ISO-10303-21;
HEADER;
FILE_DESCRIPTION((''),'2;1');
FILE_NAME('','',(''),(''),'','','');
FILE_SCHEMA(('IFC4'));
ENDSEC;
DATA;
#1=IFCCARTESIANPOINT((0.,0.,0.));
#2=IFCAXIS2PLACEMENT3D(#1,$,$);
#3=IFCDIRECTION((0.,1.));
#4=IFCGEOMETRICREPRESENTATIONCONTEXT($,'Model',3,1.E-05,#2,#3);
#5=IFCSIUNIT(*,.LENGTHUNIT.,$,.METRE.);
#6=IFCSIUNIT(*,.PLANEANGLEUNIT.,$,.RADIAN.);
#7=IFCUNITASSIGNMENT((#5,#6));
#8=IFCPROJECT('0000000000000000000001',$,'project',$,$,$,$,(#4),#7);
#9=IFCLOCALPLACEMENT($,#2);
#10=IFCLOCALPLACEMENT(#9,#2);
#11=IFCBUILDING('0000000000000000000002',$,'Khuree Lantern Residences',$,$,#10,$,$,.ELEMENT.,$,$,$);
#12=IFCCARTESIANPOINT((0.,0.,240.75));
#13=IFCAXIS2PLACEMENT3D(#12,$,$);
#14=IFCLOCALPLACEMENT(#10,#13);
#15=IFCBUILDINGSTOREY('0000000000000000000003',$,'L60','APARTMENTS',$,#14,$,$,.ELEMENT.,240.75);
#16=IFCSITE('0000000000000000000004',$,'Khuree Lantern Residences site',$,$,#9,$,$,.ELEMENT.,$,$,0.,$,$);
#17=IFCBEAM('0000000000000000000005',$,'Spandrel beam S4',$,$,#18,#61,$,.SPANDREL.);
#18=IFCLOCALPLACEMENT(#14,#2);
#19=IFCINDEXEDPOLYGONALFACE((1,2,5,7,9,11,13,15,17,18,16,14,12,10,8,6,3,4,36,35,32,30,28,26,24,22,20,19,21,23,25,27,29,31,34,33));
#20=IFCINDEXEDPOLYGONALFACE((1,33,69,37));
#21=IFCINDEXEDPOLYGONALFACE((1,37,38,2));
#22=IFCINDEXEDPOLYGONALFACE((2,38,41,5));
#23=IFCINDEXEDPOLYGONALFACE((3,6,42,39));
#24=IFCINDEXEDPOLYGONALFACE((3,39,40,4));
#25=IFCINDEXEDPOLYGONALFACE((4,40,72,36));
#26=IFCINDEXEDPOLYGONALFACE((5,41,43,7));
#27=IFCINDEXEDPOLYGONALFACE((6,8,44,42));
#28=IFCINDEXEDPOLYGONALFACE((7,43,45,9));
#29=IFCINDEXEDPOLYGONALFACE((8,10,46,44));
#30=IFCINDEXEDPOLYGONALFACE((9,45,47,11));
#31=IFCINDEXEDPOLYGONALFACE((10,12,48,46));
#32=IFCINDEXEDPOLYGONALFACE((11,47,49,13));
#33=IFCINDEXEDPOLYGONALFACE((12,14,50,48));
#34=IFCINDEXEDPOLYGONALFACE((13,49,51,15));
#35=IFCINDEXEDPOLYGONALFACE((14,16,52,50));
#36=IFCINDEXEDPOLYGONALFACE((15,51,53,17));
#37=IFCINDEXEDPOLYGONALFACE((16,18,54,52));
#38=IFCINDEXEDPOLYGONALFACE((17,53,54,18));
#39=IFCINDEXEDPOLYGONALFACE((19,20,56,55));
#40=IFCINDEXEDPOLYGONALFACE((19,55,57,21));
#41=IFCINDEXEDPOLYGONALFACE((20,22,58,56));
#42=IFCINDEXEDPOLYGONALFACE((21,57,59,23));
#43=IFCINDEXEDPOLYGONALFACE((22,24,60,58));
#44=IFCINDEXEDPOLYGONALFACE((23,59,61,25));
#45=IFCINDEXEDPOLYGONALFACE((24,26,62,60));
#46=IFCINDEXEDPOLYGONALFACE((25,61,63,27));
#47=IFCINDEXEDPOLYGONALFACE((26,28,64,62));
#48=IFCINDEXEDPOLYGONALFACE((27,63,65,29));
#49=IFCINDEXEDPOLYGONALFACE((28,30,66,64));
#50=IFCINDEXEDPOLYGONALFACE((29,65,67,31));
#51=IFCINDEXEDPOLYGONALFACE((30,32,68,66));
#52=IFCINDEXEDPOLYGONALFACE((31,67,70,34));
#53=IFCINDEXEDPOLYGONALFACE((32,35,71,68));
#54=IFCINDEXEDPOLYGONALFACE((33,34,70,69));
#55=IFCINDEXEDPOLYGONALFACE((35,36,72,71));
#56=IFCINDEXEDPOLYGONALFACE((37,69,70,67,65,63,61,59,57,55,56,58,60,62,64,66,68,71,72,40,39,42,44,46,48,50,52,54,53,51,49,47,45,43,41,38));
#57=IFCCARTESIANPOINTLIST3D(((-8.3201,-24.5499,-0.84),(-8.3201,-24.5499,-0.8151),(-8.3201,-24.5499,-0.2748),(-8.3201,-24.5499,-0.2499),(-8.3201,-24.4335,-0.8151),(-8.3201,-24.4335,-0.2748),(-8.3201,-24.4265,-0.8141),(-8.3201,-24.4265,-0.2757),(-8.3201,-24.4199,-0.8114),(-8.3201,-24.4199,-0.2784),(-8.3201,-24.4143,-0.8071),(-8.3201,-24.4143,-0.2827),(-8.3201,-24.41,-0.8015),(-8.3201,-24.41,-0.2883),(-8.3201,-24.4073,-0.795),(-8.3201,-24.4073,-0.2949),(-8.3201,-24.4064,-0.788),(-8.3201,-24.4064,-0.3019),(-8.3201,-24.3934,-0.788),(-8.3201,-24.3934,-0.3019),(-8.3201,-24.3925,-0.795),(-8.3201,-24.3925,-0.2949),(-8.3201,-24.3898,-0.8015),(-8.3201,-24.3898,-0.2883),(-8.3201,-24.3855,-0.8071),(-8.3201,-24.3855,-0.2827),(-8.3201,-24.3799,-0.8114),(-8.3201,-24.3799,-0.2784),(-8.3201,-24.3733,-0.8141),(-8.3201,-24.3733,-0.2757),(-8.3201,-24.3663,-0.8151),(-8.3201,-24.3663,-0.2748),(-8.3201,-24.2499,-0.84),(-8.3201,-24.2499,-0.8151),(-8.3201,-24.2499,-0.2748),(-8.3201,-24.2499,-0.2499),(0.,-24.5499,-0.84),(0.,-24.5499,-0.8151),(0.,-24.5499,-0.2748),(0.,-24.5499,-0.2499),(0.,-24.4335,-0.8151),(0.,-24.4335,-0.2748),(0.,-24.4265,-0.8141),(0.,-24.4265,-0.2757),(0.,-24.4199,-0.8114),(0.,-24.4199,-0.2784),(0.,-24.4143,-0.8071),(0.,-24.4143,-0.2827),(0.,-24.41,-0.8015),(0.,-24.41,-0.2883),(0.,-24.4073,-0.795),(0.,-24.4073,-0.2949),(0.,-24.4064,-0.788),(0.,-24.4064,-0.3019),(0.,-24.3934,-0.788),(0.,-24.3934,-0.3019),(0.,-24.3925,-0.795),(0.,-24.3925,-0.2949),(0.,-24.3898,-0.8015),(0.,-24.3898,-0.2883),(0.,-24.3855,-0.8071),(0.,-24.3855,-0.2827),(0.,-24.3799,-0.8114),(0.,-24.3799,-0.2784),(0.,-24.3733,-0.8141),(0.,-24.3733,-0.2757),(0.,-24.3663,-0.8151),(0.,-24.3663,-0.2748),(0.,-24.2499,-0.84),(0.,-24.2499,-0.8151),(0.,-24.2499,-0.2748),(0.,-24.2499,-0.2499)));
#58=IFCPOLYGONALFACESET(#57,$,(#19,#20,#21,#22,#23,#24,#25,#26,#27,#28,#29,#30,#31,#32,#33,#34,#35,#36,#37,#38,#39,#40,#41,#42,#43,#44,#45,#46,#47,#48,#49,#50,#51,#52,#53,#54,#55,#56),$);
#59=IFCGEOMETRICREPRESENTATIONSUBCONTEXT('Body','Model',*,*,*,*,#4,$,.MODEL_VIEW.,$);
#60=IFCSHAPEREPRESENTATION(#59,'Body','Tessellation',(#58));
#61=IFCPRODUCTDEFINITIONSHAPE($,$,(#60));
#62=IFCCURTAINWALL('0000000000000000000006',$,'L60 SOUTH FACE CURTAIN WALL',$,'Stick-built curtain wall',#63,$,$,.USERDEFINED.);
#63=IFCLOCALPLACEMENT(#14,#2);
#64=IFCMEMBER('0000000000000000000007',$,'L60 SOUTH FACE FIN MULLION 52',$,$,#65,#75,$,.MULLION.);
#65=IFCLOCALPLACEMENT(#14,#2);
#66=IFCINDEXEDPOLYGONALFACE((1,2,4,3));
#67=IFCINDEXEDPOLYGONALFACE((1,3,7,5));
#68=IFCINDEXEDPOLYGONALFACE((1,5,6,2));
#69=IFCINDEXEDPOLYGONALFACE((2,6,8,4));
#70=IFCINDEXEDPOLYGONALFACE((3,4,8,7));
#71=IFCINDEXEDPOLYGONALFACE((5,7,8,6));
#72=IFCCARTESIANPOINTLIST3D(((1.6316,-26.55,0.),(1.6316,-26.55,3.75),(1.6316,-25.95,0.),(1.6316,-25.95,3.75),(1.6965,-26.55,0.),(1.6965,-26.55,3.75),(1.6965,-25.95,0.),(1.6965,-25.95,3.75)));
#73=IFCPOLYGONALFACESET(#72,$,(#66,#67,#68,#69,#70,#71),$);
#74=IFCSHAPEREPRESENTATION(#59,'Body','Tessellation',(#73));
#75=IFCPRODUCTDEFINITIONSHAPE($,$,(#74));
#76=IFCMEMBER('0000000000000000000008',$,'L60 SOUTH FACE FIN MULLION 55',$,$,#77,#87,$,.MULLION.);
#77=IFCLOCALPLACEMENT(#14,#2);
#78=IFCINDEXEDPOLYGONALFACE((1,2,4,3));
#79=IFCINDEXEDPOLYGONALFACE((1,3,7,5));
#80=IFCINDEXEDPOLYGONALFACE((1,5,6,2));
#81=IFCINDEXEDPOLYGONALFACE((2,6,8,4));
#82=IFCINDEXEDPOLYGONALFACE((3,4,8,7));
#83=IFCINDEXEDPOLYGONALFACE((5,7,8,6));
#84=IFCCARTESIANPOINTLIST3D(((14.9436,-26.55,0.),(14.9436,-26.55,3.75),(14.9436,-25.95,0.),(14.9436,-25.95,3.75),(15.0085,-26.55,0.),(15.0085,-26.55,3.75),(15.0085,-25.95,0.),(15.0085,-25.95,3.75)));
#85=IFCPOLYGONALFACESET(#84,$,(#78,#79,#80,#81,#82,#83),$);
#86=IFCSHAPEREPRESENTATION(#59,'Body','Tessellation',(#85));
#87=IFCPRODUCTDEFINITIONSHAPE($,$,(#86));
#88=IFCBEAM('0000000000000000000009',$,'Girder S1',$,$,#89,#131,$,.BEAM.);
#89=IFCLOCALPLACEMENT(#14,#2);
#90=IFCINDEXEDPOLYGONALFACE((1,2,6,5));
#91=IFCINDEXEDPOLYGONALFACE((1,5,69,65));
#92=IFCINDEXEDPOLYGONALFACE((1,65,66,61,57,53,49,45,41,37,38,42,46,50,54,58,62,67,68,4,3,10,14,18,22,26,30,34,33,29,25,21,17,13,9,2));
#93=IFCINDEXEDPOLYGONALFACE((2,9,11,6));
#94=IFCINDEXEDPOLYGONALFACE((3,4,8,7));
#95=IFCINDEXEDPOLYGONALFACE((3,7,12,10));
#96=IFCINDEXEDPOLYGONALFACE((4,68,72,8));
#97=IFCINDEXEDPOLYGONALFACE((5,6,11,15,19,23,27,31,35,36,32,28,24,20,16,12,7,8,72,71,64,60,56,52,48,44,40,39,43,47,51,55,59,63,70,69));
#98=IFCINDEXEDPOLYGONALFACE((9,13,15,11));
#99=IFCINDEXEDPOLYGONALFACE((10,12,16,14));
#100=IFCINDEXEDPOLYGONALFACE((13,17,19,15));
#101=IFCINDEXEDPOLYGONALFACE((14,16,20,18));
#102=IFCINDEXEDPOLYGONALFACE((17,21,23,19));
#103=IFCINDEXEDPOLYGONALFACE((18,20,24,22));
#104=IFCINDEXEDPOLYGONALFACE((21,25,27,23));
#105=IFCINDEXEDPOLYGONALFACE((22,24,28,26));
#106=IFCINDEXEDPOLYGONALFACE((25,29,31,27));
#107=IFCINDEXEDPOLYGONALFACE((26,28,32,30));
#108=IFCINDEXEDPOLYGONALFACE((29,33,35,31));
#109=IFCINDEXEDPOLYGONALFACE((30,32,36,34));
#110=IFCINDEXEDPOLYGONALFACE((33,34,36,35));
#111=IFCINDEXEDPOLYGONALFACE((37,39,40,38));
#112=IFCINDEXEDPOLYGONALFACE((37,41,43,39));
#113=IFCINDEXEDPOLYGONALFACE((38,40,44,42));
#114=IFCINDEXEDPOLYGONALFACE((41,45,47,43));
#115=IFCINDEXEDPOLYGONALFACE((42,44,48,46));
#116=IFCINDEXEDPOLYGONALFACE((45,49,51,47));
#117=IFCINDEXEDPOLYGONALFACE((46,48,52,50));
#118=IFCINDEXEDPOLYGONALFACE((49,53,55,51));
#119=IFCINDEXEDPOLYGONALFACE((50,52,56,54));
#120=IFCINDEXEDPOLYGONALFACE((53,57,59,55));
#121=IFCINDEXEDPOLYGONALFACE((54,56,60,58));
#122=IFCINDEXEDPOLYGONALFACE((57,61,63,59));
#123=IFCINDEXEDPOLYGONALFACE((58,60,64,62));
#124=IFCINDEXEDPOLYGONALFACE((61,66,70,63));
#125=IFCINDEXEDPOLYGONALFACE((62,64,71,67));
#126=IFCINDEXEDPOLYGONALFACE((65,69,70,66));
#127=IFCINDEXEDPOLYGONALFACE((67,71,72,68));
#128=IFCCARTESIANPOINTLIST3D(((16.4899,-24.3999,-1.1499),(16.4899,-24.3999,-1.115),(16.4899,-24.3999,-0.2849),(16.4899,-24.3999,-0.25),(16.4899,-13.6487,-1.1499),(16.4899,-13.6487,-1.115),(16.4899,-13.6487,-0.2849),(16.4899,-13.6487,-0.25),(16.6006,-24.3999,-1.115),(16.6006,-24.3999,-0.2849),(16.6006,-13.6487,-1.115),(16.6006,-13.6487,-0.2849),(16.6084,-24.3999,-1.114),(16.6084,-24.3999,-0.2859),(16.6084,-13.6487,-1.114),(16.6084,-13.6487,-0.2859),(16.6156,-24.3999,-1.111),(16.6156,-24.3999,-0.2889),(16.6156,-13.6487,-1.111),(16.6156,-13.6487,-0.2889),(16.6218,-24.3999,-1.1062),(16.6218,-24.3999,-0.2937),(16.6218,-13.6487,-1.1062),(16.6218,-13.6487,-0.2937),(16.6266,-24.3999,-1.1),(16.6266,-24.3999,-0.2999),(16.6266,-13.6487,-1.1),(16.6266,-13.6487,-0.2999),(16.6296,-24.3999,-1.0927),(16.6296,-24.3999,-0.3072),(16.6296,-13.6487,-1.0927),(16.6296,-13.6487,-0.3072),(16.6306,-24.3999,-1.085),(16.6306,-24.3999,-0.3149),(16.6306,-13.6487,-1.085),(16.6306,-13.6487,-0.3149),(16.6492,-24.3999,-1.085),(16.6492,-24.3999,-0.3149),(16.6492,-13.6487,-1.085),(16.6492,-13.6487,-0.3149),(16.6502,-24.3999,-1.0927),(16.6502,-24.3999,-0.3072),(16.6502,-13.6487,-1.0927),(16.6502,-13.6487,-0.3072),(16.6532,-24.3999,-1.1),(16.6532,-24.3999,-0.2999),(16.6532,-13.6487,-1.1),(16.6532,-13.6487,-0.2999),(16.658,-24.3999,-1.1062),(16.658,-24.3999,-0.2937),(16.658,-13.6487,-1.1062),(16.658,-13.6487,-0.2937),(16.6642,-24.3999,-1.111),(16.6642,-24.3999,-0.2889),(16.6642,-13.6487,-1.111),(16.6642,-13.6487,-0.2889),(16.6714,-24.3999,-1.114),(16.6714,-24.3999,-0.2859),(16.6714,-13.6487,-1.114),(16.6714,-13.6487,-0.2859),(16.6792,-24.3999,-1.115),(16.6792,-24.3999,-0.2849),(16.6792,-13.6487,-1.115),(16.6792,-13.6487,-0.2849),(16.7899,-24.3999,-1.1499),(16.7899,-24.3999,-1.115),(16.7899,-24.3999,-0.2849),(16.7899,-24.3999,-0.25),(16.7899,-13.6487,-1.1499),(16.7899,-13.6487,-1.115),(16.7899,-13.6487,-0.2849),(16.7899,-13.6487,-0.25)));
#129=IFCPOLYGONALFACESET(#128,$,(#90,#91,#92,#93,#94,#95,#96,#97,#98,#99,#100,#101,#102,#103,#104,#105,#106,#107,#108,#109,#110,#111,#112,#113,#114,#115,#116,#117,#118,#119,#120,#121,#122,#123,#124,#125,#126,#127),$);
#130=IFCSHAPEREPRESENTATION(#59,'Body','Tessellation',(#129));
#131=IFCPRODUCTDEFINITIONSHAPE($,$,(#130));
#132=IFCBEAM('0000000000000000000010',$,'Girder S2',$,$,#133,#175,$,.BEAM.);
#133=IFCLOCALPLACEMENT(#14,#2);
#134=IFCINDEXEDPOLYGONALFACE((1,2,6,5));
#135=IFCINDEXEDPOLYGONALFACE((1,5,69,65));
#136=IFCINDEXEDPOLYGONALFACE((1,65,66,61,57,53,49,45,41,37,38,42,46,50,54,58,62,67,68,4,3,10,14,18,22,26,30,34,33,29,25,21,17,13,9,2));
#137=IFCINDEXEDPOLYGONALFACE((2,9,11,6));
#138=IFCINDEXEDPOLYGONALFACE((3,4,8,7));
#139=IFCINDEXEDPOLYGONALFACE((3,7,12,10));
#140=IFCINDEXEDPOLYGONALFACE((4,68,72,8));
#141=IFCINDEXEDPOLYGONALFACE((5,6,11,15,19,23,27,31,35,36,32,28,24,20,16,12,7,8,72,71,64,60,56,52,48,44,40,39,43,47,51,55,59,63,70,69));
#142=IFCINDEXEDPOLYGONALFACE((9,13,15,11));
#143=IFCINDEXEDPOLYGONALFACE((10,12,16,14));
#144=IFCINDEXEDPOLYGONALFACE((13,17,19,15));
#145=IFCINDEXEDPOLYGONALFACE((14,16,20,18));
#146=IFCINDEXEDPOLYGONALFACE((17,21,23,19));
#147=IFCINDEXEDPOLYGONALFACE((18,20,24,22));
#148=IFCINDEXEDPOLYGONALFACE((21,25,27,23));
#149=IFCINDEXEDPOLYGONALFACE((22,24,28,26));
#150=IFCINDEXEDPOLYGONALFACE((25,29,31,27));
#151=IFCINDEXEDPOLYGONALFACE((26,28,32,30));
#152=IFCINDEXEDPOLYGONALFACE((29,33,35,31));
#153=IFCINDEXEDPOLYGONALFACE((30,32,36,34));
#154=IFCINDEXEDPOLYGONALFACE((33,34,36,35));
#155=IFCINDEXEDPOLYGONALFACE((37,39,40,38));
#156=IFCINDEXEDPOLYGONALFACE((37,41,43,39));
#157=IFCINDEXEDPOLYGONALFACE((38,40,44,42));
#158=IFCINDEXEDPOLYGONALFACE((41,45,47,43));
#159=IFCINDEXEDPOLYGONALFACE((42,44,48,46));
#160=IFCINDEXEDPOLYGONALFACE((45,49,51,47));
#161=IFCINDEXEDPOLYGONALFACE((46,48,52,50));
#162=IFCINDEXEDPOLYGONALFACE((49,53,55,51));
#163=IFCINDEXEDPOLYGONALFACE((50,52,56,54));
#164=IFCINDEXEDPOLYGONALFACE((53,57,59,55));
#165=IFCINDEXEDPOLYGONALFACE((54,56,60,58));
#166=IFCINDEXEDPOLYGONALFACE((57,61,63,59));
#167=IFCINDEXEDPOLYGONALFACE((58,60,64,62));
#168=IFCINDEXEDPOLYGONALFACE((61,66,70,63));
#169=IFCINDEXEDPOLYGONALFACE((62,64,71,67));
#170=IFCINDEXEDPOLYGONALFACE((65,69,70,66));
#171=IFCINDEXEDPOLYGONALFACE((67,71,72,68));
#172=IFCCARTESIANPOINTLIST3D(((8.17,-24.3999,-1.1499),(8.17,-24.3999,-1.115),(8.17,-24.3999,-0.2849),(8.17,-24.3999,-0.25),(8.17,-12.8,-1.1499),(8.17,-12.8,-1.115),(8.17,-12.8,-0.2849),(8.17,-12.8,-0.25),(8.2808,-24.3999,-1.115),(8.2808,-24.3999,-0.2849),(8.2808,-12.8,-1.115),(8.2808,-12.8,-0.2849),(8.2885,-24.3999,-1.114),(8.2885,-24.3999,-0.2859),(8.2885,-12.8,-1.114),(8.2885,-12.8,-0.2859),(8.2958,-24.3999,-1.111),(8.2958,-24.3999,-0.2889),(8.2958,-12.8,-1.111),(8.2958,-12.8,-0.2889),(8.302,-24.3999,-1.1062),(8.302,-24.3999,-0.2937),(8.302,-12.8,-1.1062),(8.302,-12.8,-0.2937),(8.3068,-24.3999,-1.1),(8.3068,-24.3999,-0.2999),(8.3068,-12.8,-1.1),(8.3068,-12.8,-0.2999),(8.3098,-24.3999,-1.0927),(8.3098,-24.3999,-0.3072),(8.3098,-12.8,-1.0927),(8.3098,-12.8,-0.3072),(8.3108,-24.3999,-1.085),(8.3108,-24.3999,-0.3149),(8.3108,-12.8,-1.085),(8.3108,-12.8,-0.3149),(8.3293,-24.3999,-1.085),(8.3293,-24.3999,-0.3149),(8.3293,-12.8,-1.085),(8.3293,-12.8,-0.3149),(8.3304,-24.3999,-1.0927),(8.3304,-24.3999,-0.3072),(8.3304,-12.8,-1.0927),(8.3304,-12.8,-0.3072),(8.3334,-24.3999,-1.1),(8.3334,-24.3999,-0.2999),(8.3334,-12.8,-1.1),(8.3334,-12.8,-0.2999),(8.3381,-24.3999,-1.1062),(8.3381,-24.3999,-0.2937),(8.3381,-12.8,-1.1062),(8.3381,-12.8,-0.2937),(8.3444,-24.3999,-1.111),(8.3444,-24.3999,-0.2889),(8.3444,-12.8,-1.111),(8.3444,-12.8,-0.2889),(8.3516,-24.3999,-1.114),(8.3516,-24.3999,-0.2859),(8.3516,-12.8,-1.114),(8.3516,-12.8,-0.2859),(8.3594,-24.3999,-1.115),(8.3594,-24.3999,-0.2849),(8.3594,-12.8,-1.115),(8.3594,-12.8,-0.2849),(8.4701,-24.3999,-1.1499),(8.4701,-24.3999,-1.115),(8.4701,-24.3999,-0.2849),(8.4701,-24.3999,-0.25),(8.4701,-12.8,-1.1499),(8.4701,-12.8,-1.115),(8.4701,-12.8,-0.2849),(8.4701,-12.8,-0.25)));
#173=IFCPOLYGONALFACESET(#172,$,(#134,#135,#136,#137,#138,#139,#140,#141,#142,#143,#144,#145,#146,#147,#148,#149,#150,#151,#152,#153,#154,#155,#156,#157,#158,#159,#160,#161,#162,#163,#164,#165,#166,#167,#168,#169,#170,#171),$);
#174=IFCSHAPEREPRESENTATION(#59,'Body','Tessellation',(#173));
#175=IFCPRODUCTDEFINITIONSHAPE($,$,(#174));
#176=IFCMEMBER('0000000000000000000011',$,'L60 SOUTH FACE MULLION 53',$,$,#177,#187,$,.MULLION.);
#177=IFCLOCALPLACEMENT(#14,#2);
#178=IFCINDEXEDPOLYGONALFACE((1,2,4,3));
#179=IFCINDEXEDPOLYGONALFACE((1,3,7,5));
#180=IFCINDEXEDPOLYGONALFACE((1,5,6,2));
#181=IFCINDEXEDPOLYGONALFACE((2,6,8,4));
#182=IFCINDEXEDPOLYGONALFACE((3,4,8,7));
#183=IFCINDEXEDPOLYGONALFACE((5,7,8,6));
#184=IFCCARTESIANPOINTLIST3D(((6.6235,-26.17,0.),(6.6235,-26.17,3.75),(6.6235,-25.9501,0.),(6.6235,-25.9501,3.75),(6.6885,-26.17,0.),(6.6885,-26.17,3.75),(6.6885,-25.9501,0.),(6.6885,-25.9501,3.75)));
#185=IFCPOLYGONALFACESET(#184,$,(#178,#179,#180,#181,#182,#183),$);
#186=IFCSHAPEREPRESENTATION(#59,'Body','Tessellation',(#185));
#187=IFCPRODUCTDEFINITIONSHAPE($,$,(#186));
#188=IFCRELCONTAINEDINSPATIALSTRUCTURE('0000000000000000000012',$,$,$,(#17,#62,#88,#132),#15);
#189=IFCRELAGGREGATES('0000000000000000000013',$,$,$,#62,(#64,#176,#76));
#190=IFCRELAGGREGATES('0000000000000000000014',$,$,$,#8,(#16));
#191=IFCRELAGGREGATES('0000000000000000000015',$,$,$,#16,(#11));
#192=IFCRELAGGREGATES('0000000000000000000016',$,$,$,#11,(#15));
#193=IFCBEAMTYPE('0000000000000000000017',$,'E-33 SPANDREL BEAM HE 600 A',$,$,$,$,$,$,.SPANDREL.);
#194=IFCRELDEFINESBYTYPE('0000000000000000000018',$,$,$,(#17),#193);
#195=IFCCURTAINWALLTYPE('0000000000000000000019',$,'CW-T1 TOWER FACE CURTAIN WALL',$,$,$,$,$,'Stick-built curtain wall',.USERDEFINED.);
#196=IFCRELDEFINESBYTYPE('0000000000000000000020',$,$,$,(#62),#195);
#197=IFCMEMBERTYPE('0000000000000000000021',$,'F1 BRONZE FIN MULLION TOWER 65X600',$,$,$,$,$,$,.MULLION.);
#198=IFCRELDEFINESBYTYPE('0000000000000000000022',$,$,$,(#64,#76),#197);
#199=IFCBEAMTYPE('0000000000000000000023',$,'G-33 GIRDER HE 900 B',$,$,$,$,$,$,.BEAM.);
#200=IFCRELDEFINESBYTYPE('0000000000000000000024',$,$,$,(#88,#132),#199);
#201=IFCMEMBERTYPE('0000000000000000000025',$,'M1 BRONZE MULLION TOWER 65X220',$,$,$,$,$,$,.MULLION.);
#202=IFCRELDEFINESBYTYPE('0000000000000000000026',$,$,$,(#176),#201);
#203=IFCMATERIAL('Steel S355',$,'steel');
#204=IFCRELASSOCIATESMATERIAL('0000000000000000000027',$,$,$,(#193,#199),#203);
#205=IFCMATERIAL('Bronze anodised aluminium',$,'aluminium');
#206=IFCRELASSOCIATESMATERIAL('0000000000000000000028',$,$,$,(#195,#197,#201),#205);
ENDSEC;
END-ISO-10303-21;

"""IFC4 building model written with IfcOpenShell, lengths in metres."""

from ifc_helpers import new_model, si_unit, direction, frame, origin, origin_2d, place, context, subcontext, project, spatial, rectangle, i_section, extrude, material, material_profile, profile_set, type_object, element, aggregate, save


model = new_model("IFC4")

# Units and contexts
model_context = context("Model", 3, precision=1e-05, world=origin(), true_north=direction((0.0, 1.0)))
body_context = subcontext(model_context, "Body", "Model", "MODEL_VIEW")
ifc_project = project(units=[si_unit("LENGTHUNIT", "METRE"), si_unit("PLANEANGLEUNIT", "RADIAN")], contexts=[model_context])

# Site, building, storey
site_placement = place(None, origin())
site = spatial("IfcSite", under=ifc_project, at=site_placement, Name="Khuree Lantern Residences site", CompositionType="ELEMENT", RefElevation=0.0)
building_placement = place(site_placement, origin())
building = spatial("IfcBuilding", under=site, at=building_placement, Name="Khuree Lantern Residences", CompositionType="ELEMENT")
storey_placement = place(building_placement, frame((0.0, 0.0, 240.75)))
storey = spatial("IfcBuildingStorey", under=building, at=storey_placement, Name="L60", Description="APARTMENTS", CompositionType="ELEMENT", Elevation=240.75)

# Beam
ifc_material_1 = material(Name="Steel S355", Category="steel")
ifc_material_profile_1 = material_profile(ifc_material_1, i_section(OverallWidth=0.3, OverallDepth=0.5901, WebThickness=0.0129, FlangeThickness=0.0249, FilletRadius=0.0271, at=origin_2d()), Name="HE 600 A")
ifc_profile_set_1 = profile_set([ifc_material_profile_1], Name="Steel S355")
beam_type_1 = type_object("IfcBeamType", Name="E-33 SPANDREL BEAM HE 600 A", PredefinedType="SPANDREL", material=ifc_profile_set_1)
for number, where, z_axis, x_axis, name in (
    (1, (0.0, -24.3999, -0.5449), (-1.0, 0.0, 0.0), (0.0, -1.0, 0.0), "Spandrel beam S4"),
):
    element("IfcBeam", number, at=place(storey_placement, frame(where, z_axis=z_axis, x_axis=x_axis)), inside=storey, type_object=beam_type_1, Name=name, PredefinedType="SPANDREL", context=body_context, shape_type="SweptSolid", body=[
        extrude(i_section(OverallWidth=0.3, OverallDepth=0.5901, WebThickness=0.0129, FlangeThickness=0.0249, FilletRadius=0.0271, at=origin_2d()), origin(), (0.0, 0.0, 1.0), 8.3201),
    ])

# Curtain wall, members
ifc_material_2 = material(Name="Bronze anodised aluminium", Category="aluminium")
curtain_wall_type = type_object("IfcCurtainWallType", Name="CW-T1 TOWER FACE CURTAIN WALL", ElementType="Stick-built curtain wall", PredefinedType="USERDEFINED", material=ifc_material_2)
curtain_wall_placement = place(storey_placement, origin())
curtain_wall = element("IfcCurtainWall", 2, at=curtain_wall_placement, inside=storey, type_object=curtain_wall_type, Name="L60 SOUTH FACE CURTAIN WALL", ObjectType="Stick-built curtain wall", PredefinedType="USERDEFINED")
ifc_material_profile_2 = material_profile(ifc_material_2, rectangle(XDim=0.0649, YDim=0.6001, at=origin_2d()), Name="F1 65X600")
ifc_profile_set_2 = profile_set([ifc_material_profile_2], Name="Bronze anodised aluminium")
member_type_1 = type_object("IfcMemberType", Name="F1 BRONZE FIN MULLION TOWER 65X600", PredefinedType="MULLION", material=ifc_profile_set_2)
member_1_placement = place(storey_placement, frame((1.6641, -26.25, 0.0), z_axis=(0.0, 0.0, 1.0), x_axis=(1.0, 0.0, 0.0)))
member_1 = element("IfcMember", 3, at=member_1_placement, type_object=member_type_1, Name="L60 SOUTH FACE FIN MULLION 52", PredefinedType="MULLION", context=body_context, shape_type="SweptSolid", body=[
    extrude(rectangle(XDim=0.0649, YDim=0.6001, at=origin_2d()), origin(), (0.0, 0.0, 1.0), 3.75),
])
member_2_placement = place(storey_placement, frame((14.9761, -26.25, 0.0), z_axis=(0.0, 0.0, 1.0), x_axis=(1.0, 0.0, 0.0)))
member_2 = element("IfcMember", 4, at=member_2_placement, type_object=member_type_1, Name="L60 SOUTH FACE FIN MULLION 55", PredefinedType="MULLION", context=body_context, shape_type="SweptSolid", body=[
    extrude(rectangle(XDim=0.0649, YDim=0.6001, at=origin_2d()), origin(), (0.0, 0.0, 1.0), 3.75),
])

# Beams
ifc_material_profile_3 = material_profile(ifc_material_1, i_section(OverallWidth=0.3, OverallDepth=0.8999, WebThickness=0.0186, FlangeThickness=0.0349, FilletRadius=0.03, at=origin_2d()), Name="HE 900 B")
ifc_profile_set_3 = profile_set([ifc_material_profile_3], Name="Steel S355")
beam_type_2 = type_object("IfcBeamType", Name="G-33 GIRDER HE 900 B", PredefinedType="BEAM", material=ifc_profile_set_3)
beam_1_placement = place(storey_placement, frame((16.6399, -24.3999, -0.7), z_axis=(0.0, 1.0, 0.0), x_axis=(-1.0, 0.0, 0.0)))
element("IfcBeam", 5, at=beam_1_placement, inside=storey, type_object=beam_type_2, Name="Girder S1", PredefinedType="BEAM", context=body_context, shape_type="SweptSolid", body=[
    extrude(i_section(OverallWidth=0.3, OverallDepth=0.8999, WebThickness=0.0186, FlangeThickness=0.0349, FilletRadius=0.03, at=origin_2d()), origin(), (0.0, 0.0, 1.0), 10.7512),
])
beam_2_placement = place(storey_placement, frame((8.3201, -24.3999, -0.7), z_axis=(0.0, 1.0, 0.0), x_axis=(-1.0, 0.0, 0.0)))
element("IfcBeam", 6, at=beam_2_placement, inside=storey, type_object=beam_type_2, Name="Girder S2", PredefinedType="BEAM", context=body_context, shape_type="SweptSolid", body=[
    extrude(i_section(OverallWidth=0.3, OverallDepth=0.8999, WebThickness=0.0186, FlangeThickness=0.0349, FilletRadius=0.03, at=origin_2d()), origin(), (0.0, 0.0, 1.0), 11.5999),
])

# Member
ifc_material_profile_4 = material_profile(ifc_material_2, rectangle(XDim=0.0649, YDim=0.22, at=origin_2d()), Name="M1 65X220")
ifc_profile_set_4 = profile_set([ifc_material_profile_4], Name="Bronze anodised aluminium")
member_type_2 = type_object("IfcMemberType", Name="M1 BRONZE MULLION TOWER 65X220", PredefinedType="MULLION", material=ifc_profile_set_4)
member_3_placement = place(storey_placement, frame((6.656, -26.0601, 0.0), z_axis=(0.0, 0.0, 1.0), x_axis=(1.0, 0.0, 0.0)))
member_3 = element("IfcMember", 7, at=member_3_placement, type_object=member_type_2, Name="L60 SOUTH FACE MULLION 53", PredefinedType="MULLION", context=body_context, shape_type="SweptSolid", body=[
    extrude(rectangle(XDim=0.0649, YDim=0.22, at=origin_2d()), origin(), (0.0, 0.0, 1.0), 3.75),
])

aggregate(curtain_wall, [member_1, member_3, member_2])

save(model, "model.ifc")
